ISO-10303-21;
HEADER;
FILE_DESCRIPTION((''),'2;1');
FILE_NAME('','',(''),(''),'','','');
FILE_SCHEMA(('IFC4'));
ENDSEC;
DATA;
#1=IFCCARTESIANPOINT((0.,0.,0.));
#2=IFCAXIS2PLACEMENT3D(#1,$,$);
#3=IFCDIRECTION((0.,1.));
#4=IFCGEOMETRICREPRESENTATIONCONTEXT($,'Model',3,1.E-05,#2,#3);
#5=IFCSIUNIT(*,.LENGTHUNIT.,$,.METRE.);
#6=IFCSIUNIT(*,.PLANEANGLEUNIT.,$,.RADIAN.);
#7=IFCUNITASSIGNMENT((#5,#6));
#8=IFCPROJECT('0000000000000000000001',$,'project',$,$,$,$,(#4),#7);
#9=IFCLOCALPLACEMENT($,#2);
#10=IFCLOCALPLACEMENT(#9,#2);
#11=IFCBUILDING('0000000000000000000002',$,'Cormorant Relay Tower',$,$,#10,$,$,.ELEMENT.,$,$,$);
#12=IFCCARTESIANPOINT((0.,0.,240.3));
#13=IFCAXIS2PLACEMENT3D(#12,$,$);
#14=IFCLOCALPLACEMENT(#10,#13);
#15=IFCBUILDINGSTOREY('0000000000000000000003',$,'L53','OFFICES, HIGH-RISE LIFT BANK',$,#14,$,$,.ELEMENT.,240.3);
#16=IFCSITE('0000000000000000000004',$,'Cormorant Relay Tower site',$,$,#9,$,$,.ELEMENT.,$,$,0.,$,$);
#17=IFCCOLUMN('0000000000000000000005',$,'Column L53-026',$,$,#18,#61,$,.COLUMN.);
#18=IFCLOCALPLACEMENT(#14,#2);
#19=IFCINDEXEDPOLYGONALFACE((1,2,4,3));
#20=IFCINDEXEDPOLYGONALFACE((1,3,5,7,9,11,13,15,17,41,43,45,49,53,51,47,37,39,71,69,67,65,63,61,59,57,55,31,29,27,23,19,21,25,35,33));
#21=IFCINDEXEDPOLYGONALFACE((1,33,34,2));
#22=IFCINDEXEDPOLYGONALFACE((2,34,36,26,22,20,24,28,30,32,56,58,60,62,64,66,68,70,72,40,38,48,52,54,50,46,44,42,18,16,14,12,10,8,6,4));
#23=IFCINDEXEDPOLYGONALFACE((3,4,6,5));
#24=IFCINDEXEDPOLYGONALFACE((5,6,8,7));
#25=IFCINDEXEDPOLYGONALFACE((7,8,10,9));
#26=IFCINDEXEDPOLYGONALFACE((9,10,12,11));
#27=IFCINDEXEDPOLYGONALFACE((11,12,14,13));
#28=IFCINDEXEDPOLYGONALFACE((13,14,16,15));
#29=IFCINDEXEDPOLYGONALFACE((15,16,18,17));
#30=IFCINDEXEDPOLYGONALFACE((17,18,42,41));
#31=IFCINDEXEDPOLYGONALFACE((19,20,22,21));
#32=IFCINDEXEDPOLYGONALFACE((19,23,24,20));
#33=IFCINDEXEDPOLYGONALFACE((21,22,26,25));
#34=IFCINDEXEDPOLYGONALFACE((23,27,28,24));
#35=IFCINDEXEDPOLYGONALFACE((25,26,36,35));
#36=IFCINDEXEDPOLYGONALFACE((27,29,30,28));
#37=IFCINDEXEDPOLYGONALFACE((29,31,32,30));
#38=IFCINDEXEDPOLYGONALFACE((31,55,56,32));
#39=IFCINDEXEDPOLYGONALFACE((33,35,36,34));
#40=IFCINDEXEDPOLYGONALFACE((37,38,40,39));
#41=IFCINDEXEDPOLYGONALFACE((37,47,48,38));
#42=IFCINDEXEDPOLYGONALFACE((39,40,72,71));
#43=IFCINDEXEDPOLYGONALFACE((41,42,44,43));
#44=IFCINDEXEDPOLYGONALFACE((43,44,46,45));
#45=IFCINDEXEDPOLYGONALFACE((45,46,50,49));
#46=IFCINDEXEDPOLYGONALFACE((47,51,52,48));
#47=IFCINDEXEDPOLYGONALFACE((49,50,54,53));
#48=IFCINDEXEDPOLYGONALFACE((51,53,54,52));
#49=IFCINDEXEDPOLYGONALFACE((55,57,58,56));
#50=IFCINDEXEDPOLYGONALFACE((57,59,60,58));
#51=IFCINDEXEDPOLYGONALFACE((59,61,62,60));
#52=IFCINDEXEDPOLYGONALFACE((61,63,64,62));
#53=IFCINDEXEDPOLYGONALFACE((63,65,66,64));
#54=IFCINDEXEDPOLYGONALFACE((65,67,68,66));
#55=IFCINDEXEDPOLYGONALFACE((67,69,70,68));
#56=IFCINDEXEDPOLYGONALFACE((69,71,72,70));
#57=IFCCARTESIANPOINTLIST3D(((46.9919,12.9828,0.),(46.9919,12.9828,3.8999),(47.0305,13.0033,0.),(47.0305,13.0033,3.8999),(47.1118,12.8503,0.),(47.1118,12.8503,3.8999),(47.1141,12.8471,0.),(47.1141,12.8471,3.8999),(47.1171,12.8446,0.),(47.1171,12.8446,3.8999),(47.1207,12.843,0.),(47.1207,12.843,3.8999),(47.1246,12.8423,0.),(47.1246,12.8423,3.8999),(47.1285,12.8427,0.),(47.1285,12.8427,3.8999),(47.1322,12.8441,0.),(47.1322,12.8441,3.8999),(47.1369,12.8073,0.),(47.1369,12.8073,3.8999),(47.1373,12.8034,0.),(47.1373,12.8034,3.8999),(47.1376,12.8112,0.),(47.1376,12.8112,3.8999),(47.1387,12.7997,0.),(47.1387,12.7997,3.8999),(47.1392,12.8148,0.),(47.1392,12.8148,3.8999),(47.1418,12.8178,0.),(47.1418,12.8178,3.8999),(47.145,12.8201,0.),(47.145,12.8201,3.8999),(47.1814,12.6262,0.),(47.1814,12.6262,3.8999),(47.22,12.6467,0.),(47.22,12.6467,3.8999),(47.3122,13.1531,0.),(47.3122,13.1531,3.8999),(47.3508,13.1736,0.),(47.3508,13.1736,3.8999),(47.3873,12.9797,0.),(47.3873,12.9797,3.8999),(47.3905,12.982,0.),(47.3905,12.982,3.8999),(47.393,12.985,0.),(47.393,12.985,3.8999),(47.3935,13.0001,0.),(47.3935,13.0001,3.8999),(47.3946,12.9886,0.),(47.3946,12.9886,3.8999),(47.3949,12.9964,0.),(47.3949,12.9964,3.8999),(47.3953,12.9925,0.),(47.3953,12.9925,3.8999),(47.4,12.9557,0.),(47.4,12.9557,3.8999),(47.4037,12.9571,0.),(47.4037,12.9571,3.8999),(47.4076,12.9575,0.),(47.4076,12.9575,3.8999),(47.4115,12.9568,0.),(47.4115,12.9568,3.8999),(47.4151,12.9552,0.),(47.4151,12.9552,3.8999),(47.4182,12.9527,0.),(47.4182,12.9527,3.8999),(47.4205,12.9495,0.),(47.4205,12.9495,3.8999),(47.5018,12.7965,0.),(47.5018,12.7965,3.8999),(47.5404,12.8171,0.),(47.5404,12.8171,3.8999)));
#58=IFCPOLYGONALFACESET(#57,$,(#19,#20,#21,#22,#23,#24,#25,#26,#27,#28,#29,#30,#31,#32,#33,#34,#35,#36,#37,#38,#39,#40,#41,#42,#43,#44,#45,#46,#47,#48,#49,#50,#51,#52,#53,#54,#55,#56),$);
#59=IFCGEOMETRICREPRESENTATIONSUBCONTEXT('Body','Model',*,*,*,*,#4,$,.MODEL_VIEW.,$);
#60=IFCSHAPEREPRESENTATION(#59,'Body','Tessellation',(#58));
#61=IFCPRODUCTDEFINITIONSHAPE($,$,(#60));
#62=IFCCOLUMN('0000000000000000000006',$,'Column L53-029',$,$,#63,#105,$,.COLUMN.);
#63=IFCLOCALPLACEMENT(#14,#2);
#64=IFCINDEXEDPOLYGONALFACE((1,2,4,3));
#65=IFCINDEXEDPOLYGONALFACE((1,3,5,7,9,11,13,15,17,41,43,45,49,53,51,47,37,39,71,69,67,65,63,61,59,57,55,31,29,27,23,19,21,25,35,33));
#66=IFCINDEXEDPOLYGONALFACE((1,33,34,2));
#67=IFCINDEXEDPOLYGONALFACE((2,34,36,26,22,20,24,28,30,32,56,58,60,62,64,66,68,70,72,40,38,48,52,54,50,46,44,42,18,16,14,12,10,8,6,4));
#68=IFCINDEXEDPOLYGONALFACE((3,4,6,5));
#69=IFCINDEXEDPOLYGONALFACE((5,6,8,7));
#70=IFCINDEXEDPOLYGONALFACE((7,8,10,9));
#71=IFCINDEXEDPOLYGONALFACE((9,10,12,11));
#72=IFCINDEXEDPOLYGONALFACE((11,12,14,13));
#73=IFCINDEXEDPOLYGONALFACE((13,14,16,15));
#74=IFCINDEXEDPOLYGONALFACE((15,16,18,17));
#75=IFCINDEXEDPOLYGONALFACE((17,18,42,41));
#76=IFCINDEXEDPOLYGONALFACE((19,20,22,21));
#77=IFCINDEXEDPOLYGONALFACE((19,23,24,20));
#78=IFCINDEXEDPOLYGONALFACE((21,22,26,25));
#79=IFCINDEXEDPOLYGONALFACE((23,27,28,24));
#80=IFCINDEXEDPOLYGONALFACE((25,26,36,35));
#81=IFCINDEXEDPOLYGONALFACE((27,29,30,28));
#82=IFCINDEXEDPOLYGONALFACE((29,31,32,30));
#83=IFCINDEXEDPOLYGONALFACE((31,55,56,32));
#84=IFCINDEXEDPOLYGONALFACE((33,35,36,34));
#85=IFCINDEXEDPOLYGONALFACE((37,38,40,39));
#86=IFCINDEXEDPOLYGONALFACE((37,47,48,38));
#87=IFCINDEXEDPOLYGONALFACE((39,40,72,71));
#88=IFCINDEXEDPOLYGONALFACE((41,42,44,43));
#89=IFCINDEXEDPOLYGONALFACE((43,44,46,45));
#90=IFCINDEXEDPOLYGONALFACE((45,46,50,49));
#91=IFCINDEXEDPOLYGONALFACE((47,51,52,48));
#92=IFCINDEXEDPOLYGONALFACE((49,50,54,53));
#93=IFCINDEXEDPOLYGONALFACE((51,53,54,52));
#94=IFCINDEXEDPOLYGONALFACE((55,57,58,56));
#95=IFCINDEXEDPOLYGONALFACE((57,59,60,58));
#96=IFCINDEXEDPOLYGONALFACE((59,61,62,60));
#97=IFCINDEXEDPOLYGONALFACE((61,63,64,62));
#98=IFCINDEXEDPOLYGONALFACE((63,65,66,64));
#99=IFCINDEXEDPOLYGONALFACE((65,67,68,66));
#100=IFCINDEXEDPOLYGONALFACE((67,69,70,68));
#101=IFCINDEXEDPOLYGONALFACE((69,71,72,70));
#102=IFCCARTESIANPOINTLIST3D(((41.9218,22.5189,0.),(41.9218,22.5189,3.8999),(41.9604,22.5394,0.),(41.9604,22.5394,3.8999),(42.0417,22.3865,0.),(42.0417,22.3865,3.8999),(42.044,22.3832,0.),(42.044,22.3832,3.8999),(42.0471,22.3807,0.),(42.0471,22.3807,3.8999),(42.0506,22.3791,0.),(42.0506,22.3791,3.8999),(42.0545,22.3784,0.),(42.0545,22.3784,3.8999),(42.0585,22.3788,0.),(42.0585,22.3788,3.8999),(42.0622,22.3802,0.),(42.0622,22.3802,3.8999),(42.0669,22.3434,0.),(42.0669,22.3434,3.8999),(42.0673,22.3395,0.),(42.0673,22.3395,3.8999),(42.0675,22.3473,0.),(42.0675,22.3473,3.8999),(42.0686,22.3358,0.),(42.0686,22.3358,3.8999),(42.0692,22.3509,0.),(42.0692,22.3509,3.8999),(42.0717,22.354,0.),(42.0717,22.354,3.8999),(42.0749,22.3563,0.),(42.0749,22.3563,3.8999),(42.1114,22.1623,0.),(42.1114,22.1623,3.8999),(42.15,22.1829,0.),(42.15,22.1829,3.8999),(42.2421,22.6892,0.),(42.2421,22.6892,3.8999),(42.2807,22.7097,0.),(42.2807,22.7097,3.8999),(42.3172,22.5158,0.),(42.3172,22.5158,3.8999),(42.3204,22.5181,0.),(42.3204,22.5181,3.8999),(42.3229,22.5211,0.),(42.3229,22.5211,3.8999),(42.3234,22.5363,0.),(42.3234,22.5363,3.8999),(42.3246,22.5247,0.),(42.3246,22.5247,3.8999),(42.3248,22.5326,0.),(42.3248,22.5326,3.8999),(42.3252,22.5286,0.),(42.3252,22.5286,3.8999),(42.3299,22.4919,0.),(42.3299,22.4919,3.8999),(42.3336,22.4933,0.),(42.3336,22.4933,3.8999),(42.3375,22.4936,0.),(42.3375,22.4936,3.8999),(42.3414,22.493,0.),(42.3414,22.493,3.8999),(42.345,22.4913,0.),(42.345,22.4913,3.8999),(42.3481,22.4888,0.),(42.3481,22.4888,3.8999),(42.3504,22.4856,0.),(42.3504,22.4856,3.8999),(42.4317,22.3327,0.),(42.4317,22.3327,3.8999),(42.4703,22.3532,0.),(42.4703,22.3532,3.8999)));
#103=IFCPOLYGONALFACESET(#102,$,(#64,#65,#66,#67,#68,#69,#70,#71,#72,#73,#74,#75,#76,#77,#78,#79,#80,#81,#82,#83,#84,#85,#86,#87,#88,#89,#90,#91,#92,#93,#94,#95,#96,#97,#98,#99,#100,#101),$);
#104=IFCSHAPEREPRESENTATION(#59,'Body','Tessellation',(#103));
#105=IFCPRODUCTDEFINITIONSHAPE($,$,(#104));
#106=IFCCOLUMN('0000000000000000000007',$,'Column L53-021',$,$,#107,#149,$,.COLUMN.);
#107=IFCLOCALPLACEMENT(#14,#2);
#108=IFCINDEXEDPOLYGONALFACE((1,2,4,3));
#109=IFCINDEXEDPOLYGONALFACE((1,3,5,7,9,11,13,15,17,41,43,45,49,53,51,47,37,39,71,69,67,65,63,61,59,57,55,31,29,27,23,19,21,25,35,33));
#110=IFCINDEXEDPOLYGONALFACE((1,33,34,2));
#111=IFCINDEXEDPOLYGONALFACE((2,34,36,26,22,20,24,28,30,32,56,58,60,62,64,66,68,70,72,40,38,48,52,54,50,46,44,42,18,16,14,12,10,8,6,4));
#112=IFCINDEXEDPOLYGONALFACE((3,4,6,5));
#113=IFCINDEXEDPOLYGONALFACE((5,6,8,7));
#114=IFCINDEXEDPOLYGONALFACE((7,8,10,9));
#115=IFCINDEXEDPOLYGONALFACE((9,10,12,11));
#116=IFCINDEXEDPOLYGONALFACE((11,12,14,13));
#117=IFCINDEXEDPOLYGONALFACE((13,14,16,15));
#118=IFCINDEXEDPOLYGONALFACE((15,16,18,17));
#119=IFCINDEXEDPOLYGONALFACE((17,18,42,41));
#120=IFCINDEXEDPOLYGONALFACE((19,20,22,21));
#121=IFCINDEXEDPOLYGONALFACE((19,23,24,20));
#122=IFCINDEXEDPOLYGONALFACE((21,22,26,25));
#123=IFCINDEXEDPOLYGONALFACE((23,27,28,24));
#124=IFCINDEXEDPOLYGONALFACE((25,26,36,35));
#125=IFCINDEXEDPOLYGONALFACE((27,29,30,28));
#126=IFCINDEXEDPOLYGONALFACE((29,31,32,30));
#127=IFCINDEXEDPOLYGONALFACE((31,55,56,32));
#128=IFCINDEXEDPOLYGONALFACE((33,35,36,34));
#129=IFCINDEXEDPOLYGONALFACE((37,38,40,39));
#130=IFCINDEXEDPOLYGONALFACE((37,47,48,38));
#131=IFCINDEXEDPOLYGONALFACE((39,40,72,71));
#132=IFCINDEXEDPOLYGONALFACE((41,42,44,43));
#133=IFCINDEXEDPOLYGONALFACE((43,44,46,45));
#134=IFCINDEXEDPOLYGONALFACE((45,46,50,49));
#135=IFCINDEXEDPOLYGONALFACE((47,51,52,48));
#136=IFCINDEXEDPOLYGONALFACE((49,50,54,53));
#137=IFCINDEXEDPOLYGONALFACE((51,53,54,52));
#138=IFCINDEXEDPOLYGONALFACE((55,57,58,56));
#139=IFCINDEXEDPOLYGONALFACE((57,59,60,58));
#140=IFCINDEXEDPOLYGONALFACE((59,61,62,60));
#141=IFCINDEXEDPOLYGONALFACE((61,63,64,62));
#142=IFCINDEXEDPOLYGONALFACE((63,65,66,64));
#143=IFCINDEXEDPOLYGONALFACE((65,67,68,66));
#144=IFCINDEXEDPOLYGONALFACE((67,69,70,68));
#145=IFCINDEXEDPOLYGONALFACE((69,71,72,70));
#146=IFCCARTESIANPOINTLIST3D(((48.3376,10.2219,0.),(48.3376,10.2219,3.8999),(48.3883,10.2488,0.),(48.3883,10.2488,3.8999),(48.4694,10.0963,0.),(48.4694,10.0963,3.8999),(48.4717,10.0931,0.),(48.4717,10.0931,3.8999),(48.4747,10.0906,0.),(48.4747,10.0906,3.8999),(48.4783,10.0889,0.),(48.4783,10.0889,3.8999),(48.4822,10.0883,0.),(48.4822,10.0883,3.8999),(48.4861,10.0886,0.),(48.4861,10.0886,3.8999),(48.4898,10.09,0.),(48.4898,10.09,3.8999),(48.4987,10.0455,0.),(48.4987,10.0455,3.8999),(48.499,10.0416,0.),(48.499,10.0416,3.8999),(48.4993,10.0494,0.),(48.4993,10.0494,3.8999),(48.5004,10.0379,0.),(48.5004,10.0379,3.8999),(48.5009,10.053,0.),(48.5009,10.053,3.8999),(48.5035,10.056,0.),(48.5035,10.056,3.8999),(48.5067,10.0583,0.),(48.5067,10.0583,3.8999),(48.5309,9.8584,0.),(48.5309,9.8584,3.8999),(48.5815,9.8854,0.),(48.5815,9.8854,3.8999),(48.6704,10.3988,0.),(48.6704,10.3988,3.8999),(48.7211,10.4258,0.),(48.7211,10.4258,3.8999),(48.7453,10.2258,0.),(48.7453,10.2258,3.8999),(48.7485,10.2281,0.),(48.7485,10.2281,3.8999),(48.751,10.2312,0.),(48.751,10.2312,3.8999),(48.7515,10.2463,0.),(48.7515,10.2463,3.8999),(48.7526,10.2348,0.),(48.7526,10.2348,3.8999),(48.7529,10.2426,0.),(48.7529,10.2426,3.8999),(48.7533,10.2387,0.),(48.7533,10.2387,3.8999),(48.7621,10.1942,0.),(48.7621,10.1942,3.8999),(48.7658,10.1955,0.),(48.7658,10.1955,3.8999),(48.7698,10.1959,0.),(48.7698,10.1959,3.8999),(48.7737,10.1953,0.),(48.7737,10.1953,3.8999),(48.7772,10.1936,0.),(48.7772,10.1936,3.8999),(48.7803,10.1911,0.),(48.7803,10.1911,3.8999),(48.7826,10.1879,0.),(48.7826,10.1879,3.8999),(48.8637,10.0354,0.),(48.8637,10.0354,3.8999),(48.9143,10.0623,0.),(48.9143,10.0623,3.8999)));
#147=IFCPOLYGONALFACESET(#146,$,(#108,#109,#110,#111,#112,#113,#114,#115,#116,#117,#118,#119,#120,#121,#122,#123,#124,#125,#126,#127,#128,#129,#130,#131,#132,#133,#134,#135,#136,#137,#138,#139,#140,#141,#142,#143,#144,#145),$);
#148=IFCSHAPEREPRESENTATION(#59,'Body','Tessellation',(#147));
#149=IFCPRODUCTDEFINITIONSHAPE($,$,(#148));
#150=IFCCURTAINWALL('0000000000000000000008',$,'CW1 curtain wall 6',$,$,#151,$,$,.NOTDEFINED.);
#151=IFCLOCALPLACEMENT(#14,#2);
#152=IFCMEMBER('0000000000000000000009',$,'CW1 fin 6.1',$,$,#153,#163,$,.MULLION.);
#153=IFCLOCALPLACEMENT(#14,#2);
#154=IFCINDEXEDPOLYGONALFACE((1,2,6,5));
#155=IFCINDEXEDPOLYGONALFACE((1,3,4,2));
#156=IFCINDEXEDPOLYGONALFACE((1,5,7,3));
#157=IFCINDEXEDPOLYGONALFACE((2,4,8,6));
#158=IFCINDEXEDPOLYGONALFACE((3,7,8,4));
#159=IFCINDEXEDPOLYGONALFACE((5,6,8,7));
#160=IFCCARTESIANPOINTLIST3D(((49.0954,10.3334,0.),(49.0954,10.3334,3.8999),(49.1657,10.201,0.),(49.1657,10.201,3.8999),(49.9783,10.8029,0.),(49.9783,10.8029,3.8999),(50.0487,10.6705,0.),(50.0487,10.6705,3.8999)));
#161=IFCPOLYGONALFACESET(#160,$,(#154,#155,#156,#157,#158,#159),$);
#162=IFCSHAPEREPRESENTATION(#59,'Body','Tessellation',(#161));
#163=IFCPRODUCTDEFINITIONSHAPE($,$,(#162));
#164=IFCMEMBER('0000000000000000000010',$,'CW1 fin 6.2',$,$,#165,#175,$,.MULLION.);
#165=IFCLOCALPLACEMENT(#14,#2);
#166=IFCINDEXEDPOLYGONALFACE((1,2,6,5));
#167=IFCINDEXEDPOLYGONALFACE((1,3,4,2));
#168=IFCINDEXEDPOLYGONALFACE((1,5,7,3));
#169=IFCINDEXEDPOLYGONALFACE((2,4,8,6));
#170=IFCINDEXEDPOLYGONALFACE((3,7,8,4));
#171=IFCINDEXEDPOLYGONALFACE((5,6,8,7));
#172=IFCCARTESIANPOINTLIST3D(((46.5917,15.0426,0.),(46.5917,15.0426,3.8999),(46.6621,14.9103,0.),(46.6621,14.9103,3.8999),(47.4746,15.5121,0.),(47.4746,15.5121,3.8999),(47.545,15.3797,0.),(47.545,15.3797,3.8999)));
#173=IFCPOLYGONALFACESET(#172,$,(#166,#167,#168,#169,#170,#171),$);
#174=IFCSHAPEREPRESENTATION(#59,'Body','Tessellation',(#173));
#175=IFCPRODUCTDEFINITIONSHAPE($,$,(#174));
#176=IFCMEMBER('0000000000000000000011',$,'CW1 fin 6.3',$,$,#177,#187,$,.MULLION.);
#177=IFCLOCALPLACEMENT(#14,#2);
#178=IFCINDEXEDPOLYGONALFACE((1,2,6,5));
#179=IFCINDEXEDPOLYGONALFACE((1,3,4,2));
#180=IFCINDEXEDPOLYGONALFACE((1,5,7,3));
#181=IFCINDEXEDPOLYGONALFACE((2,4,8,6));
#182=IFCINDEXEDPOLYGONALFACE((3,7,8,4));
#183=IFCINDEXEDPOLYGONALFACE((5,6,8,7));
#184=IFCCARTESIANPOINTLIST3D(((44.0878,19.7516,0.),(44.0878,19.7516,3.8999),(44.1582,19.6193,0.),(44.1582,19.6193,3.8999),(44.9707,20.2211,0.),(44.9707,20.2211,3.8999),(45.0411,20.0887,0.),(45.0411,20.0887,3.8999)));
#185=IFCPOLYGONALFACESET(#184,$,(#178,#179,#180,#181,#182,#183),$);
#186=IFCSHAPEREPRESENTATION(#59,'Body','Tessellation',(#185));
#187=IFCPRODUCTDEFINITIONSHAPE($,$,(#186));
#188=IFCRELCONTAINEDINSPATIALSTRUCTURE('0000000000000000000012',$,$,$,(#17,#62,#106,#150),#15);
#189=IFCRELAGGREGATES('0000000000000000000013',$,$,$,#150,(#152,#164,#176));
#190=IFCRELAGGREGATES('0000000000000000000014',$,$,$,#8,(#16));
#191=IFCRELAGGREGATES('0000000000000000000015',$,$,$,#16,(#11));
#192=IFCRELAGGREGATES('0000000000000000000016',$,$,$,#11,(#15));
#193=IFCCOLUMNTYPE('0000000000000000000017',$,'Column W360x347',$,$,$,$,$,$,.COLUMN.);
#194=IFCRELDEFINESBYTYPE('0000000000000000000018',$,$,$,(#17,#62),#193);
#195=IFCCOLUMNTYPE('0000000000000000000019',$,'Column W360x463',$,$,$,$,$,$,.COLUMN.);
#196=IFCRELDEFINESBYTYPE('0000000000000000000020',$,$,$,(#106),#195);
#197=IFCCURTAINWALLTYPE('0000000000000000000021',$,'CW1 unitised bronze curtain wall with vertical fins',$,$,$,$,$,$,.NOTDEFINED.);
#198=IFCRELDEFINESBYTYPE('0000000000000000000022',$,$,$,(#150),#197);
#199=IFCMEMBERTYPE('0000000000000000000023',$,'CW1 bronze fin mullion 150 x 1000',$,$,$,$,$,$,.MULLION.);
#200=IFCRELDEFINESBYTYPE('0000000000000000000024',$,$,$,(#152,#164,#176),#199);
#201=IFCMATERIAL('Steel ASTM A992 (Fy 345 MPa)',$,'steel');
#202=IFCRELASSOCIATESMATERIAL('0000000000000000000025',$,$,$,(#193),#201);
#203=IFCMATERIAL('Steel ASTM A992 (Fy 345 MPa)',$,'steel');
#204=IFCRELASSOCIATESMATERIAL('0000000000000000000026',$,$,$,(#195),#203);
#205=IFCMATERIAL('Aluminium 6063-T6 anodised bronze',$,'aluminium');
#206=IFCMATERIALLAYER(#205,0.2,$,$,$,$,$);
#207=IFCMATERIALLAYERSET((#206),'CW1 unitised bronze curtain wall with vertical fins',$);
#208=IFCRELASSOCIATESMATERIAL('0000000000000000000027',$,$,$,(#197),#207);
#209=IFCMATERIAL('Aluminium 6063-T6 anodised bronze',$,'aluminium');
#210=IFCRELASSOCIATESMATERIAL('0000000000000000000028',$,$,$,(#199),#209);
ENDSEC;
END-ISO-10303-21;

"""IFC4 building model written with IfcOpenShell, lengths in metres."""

from ifc_helpers import new_model, si_unit, direction, frame, origin, origin_2d, place, context, subcontext, project, spatial, rectangle, i_section, extrude, material, layer, layer_set, material_profile, profile_set, type_object, element, aggregate, save


model = new_model("IFC4")

# Units and contexts
model_context = context("Model", 3, precision=1e-05, world=origin(), true_north=direction((0.0, 1.0)))
body_context = subcontext(model_context, "Body", "Model", "MODEL_VIEW")
ifc_project = project(units=[si_unit("LENGTHUNIT", "METRE"), si_unit("PLANEANGLEUNIT", "RADIAN")], contexts=[model_context])

# Site, building, storey
site_placement = place(None, origin())
site = spatial("IfcSite", under=ifc_project, at=site_placement, Name="Cormorant Relay Tower site", CompositionType="ELEMENT", RefElevation=0.0)
building_placement = place(site_placement, origin())
building = spatial("IfcBuilding", under=site, at=building_placement, Name="Cormorant Relay Tower", CompositionType="ELEMENT")
storey_placement = place(building_placement, frame((0.0, 0.0, 240.3)))
storey = spatial("IfcBuildingStorey", under=building, at=storey_placement, Name="L53", Description="OFFICES, HIGH-RISE LIFT BANK", CompositionType="ELEMENT", Elevation=240.3)

# Columns
ifc_material_1 = material(Name="Steel ASTM A992 (Fy 345 MPa)", Category="steel")
ifc_material_profile_1 = material_profile(ifc_material_1, i_section(OverallWidth=0.4038, OverallDepth=0.4065, WebThickness=0.0271, FlangeThickness=0.0437, FilletRadius=0.0151, at=origin_2d()), Name="W360x347")
ifc_profile_set_1 = profile_set([ifc_material_profile_1], Name="Steel ASTM A992 (Fy 345 MPa)")
column_type_1 = type_object("IfcColumnType", Name="Column W360x347", PredefinedType="COLUMN", material=ifc_profile_set_1)
for number, where, z_axis, x_axis, name in (
    (1, (47.2661, 12.8999, 0.0), (0.0, 0.0, 1.0), (-0.469472, 0.882948, 0.0), "Column L53-026"),
    (2, (42.196, 22.436, 0.0), (0.0, 0.0, 1.0), (-0.469472, 0.882948, 0.0), "Column L53-029"),
):
    element("IfcColumn", number, at=place(storey_placement, frame(where, z_axis=z_axis, x_axis=x_axis)), inside=storey, type_object=column_type_1, Name=name, PredefinedType="COLUMN", context=body_context, shape_type="SweptSolid", body=[
        extrude(i_section(OverallWidth=0.4038, OverallDepth=0.4065, WebThickness=0.0271, FlangeThickness=0.0437, FilletRadius=0.0151, at=origin_2d()), origin(), (0.0, 0.0, 1.0), 3.8999),
    ])
ifc_material_2 = material(Name="Steel ASTM A992 (Fy 345 MPa)", Category="steel")
ifc_material_profile_2 = material_profile(ifc_material_2, i_section(OverallWidth=0.4116, OverallDepth=0.4343, WebThickness=0.0359, FlangeThickness=0.0574, FilletRadius=0.0151, at=origin_2d()), Name="W360x463")
ifc_profile_set_2 = profile_set([ifc_material_profile_2], Name="Steel ASTM A992 (Fy 345 MPa)")
column_type_2 = type_object("IfcColumnType", Name="Column W360x463", PredefinedType="COLUMN", material=ifc_profile_set_2)
column_placement = place(storey_placement, frame((48.626, 10.1421, 0.0), z_axis=(0.0, 0.0, 1.0), x_axis=(-0.469472, 0.882948, 0.0)))
element("IfcColumn", 3, at=column_placement, inside=storey, type_object=column_type_2, Name="Column L53-021", PredefinedType="COLUMN", context=body_context, shape_type="SweptSolid", body=[
    extrude(i_section(OverallWidth=0.4116, OverallDepth=0.4343, WebThickness=0.0359, FlangeThickness=0.0574, FilletRadius=0.0151, at=origin_2d()), origin(), (0.0, 0.0, 1.0), 3.8999),
])

# Curtain wall, members
ifc_material_3 = material(Name="Aluminium 6063-T6 anodised bronze", Category="aluminium")
ifc_layer_1 = layer(ifc_material_3, 0.2)
ifc_layer_set_1 = layer_set([ifc_layer_1], Name="CW1 unitised bronze curtain wall with vertical fins")
curtain_wall_type = type_object("IfcCurtainWallType", Name="CW1 unitised bronze curtain wall with vertical fins", PredefinedType="NOTDEFINED", material=ifc_layer_set_1)
curtain_wall_1_placement = place(storey_placement, origin())
curtain_wall_1 = element("IfcCurtainWall", 4, at=curtain_wall_1_placement, inside=storey, type_object=curtain_wall_type, Name="CW1 curtain wall 6", PredefinedType="NOTDEFINED")
ifc_material_4 = material(Name="Aluminium 6063-T6 anodised bronze", Category="aluminium")
ifc_material_profile_3 = material_profile(ifc_material_4, rectangle(XDim=0.1499, YDim=1.0, at=origin_2d()), Name="AL 150x1000")
ifc_profile_set_3 = profile_set([ifc_material_profile_3], Name="Aluminium 6063-T6 anodised bronze")
member_type_1 = type_object("IfcMemberType", Name="CW1 bronze fin mullion 150 x 1000", PredefinedType="MULLION", material=ifc_profile_set_3)
member_1_placement = place(storey_placement, frame((49.572, 10.502, 0.0), z_axis=(0.0, 0.0, 1.0), x_axis=(-0.469472, 0.882948, 0.0)))
member_1 = element("IfcMember", 5, at=member_1_placement, type_object=member_type_1, Name="CW1 fin 6.1", PredefinedType="MULLION", context=body_context, shape_type="SweptSolid", body=[
    extrude(rectangle(XDim=0.1499, YDim=1.0, at=origin_2d()), origin(), (0.0, 0.0, 1.0), 3.8999),
])
member_2_placement = place(storey_placement, frame((47.0684, 15.2112, 0.0), z_axis=(0.0, 0.0, 1.0), x_axis=(-0.469472, 0.882948, 0.0)))
member_2 = element("IfcMember", 6, at=member_2_placement, type_object=member_type_1, Name="CW1 fin 6.2", PredefinedType="MULLION", context=body_context, shape_type="SweptSolid", body=[
    extrude(rectangle(XDim=0.1499, YDim=1.0, at=origin_2d()), origin(), (0.0, 0.0, 1.0), 3.8999),
])
member_3_placement = place(storey_placement, frame((44.5645, 19.9202, 0.0), z_axis=(0.0, 0.0, 1.0), x_axis=(-0.469472, 0.882948, 0.0)))
member_3 = element("IfcMember", 7, at=member_3_placement, type_object=member_type_1, Name="CW1 fin 6.3", PredefinedType="MULLION", context=body_context, shape_type="SweptSolid", body=[
    extrude(rectangle(XDim=0.1499, YDim=1.0, at=origin_2d()), origin(), (0.0, 0.0, 1.0), 3.8999),
])

aggregate(curtain_wall_1, [member_1, member_2, member_3])

save(model, "model.ifc")
